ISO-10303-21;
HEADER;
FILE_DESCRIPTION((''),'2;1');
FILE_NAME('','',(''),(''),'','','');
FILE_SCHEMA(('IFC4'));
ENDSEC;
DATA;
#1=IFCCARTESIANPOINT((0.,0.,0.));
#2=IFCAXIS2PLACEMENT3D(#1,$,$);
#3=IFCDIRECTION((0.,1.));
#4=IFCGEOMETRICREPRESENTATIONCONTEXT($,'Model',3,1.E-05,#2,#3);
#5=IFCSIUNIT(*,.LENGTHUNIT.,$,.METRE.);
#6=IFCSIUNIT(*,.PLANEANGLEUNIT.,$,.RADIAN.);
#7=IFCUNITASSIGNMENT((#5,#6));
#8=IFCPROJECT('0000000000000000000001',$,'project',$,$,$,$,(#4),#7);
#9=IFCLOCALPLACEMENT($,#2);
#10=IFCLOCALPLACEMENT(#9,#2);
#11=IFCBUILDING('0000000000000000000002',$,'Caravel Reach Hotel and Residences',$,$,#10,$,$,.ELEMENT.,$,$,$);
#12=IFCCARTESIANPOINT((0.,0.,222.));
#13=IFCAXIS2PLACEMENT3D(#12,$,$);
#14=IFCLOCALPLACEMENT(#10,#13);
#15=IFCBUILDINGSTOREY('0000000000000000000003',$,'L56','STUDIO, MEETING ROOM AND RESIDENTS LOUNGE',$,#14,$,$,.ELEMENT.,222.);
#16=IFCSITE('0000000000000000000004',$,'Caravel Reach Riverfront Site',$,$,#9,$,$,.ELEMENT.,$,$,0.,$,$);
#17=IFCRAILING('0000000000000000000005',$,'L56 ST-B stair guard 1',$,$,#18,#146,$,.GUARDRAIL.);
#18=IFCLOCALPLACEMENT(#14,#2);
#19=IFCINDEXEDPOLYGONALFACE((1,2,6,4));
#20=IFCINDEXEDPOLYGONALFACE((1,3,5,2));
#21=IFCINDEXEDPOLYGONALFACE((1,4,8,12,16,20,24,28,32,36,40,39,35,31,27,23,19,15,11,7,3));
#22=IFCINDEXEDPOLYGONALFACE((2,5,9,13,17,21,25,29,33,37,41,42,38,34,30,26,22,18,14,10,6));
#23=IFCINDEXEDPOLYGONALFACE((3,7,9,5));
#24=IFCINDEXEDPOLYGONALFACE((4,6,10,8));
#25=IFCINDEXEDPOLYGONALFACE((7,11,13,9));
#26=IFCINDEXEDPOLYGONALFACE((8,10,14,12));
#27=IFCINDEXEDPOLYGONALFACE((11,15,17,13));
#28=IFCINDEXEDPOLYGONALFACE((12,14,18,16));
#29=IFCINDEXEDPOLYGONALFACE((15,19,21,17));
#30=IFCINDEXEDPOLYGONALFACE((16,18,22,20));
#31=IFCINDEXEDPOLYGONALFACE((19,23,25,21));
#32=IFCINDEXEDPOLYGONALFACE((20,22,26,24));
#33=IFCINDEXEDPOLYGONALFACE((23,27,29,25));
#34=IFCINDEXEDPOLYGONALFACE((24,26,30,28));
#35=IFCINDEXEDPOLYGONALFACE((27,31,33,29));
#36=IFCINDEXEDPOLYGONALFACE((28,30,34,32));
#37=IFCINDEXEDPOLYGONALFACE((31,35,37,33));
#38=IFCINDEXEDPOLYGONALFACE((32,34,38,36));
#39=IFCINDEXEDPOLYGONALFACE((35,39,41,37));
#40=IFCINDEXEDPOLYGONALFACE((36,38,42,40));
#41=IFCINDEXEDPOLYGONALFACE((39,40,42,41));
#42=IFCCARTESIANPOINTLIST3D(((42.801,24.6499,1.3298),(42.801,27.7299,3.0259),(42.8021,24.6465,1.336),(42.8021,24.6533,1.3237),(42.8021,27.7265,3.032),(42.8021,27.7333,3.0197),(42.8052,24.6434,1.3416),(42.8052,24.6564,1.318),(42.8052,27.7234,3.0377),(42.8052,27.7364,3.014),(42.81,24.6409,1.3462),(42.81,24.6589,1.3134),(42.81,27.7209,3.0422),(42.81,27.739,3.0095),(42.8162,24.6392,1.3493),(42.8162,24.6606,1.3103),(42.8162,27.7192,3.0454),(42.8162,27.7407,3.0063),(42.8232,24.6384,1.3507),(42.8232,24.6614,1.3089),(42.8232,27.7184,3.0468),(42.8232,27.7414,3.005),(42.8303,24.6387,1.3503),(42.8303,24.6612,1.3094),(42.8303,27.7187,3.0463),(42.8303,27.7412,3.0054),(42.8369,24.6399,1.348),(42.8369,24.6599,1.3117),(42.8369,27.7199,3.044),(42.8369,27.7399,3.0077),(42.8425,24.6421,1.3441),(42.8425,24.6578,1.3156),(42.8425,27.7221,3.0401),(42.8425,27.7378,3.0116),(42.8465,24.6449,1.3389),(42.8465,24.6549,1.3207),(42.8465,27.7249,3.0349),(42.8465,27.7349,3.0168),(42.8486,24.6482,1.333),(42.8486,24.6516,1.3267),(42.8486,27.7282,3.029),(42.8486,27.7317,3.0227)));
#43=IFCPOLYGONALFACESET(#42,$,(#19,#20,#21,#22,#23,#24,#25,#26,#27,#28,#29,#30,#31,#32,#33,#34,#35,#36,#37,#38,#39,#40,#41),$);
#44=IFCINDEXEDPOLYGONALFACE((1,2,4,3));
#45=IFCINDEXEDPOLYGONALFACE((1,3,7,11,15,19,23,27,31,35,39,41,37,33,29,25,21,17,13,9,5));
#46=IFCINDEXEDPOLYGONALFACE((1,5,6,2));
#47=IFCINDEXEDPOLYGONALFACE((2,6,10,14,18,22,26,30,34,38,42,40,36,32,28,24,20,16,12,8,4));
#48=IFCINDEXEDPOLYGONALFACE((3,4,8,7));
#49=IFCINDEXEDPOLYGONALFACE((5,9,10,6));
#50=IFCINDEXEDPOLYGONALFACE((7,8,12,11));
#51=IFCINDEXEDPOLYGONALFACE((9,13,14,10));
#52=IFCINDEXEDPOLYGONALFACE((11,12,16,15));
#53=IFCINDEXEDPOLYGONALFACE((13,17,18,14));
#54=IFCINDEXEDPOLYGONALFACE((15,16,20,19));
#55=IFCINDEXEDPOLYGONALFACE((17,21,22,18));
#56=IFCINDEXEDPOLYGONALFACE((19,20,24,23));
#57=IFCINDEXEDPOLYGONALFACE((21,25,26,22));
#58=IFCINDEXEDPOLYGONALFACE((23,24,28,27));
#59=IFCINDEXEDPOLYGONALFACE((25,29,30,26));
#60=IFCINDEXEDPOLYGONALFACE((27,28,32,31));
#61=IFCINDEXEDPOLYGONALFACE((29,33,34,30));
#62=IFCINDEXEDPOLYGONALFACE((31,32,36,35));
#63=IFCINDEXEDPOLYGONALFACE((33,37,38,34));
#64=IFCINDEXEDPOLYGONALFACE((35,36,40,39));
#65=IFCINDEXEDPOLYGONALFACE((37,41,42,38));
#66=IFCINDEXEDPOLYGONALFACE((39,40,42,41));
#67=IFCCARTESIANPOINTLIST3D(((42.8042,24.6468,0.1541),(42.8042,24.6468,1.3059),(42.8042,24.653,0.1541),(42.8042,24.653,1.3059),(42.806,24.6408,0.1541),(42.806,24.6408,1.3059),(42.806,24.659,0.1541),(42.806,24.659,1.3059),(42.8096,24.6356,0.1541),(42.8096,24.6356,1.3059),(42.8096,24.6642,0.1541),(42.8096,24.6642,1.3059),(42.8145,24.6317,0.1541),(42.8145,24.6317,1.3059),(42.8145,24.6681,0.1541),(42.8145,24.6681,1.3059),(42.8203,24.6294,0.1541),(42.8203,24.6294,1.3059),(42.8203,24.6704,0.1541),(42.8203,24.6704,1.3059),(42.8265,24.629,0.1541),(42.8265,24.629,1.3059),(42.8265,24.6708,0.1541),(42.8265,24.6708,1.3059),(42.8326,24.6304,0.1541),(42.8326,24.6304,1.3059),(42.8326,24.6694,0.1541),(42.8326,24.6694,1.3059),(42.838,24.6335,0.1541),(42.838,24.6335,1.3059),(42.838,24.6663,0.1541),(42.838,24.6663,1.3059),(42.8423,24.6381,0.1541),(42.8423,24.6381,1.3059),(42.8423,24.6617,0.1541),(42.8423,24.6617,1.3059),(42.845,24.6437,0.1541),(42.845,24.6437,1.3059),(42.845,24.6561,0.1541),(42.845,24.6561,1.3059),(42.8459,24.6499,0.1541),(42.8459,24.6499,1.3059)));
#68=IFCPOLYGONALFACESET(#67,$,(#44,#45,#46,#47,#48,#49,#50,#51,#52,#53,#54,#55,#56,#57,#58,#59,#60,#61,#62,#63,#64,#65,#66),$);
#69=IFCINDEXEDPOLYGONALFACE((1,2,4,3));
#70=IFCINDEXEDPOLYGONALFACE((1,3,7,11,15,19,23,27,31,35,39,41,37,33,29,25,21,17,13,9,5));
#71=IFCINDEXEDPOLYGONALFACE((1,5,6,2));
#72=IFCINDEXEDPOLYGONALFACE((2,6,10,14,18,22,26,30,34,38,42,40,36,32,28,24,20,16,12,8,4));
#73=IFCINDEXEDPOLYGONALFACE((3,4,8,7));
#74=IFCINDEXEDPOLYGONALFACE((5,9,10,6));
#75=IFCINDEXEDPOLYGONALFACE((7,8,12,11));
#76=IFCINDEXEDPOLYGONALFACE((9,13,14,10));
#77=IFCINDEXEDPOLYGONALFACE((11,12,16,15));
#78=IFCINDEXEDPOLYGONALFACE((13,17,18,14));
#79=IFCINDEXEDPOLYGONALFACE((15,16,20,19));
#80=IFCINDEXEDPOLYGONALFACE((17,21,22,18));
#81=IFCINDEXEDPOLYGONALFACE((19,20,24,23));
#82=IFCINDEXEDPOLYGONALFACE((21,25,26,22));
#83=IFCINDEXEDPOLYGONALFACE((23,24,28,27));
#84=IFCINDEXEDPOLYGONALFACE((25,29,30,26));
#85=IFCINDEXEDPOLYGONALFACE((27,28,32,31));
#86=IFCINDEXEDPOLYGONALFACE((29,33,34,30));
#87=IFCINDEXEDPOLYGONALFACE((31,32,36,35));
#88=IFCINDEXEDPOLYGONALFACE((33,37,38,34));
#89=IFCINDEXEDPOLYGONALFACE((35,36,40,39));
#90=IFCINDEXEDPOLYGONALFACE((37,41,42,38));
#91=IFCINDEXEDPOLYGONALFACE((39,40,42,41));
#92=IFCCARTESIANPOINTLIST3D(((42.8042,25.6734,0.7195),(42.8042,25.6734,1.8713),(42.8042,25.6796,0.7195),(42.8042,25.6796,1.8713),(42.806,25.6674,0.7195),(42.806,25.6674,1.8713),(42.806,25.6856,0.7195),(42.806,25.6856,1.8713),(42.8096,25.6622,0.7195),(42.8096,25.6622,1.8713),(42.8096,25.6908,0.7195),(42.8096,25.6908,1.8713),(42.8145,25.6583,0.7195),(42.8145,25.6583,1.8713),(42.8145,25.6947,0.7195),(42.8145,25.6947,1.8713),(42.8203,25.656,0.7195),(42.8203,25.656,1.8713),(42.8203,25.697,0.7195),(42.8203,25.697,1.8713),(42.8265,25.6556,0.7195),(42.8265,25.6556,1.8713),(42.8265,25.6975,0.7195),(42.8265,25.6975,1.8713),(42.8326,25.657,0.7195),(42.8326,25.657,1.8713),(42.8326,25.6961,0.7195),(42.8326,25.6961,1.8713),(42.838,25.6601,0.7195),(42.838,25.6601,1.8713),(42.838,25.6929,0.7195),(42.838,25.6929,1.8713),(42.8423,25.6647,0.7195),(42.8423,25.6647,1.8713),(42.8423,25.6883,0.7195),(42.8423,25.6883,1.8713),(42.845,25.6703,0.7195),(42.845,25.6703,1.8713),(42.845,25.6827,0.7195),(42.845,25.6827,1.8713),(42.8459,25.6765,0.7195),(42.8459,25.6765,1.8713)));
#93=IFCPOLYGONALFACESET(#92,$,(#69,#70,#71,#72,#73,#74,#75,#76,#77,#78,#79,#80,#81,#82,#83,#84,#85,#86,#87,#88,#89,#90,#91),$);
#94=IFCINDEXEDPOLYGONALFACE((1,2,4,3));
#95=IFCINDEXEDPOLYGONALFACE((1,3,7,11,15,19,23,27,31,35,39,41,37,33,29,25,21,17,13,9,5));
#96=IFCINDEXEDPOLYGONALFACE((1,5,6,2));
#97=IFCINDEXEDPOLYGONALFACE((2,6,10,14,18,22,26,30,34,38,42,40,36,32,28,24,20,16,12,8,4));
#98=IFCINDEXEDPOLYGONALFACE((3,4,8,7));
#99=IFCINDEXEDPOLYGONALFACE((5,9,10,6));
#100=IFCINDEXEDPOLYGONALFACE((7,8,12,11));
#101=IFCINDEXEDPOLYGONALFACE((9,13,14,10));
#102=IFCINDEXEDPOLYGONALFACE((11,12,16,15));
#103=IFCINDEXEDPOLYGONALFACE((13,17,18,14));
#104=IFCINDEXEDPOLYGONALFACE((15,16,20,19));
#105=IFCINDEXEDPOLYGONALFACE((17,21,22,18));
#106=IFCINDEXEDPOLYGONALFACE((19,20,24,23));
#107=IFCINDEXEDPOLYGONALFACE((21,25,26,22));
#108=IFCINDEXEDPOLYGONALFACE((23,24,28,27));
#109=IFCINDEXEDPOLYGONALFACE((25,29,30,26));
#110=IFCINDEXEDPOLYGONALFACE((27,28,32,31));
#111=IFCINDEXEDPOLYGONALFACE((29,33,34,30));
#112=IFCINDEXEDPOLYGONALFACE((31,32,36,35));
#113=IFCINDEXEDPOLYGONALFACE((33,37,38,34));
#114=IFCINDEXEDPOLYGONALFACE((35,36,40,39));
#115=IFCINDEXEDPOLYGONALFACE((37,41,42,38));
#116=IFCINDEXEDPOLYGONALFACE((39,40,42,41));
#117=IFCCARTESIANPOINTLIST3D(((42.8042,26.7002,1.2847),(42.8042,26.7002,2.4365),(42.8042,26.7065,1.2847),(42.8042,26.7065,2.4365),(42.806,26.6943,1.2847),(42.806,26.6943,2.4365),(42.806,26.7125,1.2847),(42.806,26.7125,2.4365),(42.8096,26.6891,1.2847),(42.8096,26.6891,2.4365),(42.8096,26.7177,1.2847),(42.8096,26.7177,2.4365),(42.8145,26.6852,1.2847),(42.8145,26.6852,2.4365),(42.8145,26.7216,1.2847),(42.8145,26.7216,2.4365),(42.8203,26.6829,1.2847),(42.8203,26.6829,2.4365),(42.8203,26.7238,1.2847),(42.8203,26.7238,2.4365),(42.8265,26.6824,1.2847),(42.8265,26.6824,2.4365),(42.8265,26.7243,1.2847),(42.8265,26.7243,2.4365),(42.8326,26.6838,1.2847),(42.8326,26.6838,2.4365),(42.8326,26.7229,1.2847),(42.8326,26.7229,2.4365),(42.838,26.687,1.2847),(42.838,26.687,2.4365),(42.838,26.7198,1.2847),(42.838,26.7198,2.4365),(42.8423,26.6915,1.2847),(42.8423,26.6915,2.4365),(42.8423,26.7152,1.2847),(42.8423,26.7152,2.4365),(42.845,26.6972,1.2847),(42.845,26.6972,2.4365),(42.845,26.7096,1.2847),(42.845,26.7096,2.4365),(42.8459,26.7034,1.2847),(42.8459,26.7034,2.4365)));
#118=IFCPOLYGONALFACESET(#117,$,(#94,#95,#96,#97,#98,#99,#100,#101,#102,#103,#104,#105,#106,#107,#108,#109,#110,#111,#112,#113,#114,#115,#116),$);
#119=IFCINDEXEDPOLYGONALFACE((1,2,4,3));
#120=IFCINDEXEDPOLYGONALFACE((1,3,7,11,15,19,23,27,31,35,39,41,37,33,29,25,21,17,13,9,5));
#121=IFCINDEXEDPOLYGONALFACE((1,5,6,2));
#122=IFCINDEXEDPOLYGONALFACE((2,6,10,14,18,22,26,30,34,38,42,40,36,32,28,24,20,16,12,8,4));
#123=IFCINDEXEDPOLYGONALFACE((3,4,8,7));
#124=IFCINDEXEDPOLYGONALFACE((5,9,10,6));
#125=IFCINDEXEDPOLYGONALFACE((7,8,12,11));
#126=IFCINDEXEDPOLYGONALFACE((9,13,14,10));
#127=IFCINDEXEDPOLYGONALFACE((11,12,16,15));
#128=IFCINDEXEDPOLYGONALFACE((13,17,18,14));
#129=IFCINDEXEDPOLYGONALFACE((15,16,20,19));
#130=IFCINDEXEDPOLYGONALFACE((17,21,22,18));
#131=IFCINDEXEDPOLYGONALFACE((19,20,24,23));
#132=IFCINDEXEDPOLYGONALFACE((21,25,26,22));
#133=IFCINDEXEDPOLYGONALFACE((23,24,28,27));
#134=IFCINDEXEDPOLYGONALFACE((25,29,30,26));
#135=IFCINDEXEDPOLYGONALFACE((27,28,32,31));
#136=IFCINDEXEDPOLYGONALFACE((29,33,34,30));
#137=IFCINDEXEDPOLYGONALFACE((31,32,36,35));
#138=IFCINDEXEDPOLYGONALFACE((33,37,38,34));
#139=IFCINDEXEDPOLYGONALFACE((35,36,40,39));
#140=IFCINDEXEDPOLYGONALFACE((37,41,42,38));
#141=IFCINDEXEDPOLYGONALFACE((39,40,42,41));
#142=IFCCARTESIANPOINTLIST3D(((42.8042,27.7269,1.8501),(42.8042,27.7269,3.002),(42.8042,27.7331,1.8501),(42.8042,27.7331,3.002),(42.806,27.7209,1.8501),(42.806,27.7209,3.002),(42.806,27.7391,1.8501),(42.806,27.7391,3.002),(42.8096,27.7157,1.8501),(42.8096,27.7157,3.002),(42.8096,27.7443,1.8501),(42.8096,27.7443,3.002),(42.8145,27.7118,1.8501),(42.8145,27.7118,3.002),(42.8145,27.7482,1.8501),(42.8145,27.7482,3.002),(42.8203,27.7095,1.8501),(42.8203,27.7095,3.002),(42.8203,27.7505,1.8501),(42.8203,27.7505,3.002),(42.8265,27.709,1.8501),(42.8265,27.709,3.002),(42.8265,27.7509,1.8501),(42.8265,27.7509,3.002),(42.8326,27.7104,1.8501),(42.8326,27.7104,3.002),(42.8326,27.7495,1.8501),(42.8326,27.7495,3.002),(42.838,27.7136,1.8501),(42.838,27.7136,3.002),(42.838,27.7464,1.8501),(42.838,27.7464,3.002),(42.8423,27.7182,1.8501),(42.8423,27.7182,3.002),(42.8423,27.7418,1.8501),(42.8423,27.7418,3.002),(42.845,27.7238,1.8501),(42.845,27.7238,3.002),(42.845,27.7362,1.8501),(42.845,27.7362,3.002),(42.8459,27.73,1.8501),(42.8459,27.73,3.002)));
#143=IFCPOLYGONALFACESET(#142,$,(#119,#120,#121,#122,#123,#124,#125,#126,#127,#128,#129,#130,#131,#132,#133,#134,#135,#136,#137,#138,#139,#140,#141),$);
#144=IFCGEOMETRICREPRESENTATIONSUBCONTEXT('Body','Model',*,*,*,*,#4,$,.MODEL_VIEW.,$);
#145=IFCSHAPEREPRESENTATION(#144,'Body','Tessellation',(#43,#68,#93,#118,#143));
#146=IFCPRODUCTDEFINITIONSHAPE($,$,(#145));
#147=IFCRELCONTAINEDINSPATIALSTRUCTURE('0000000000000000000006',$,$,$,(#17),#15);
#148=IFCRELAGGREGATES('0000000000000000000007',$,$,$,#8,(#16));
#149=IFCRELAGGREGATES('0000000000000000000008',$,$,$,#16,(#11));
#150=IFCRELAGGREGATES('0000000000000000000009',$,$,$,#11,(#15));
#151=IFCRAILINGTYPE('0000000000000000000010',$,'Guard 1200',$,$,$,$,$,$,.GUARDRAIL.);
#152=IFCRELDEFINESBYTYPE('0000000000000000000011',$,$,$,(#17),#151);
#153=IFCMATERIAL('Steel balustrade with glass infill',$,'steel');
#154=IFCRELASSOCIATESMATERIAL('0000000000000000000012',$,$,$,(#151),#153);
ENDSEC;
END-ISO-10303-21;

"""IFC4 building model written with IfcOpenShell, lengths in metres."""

from ifc_helpers import new_model, si_unit, direction, frame, origin, origin_2d, place, context, subcontext, project, spatial, circle, extrude, material, type_object, element, save


model = new_model("IFC4")

# Units and contexts
model_context = context("Model", 3, precision=1e-05, world=origin(), true_north=direction((0.0, 1.0)))
body_context = subcontext(model_context, "Body", "Model", "MODEL_VIEW")
ifc_project = project(units=[si_unit("LENGTHUNIT", "METRE"), si_unit("PLANEANGLEUNIT", "RADIAN")], contexts=[model_context])

# Site, building, storey
site_placement = place(None, origin())
site = spatial("IfcSite", under=ifc_project, at=site_placement, Name="Caravel Reach Riverfront Site", CompositionType="ELEMENT", RefElevation=0.0)
building_placement = place(site_placement, origin())
building = spatial("IfcBuilding", under=site, at=building_placement, Name="Caravel Reach Hotel and Residences", CompositionType="ELEMENT")
storey_placement = place(building_placement, frame((0.0, 0.0, 222.0)))
storey = spatial("IfcBuildingStorey", under=building, at=storey_placement, Name="L56", Description="STUDIO, MEETING ROOM AND RESIDENTS LOUNGE", CompositionType="ELEMENT", Elevation=222.0)

# Railing
ifc_material_1 = material(Name="Steel balustrade with glass infill", Category="steel")
railing_type_1 = type_object("IfcRailingType", Name="Guard 1200", PredefinedType="GUARDRAIL", material=ifc_material_1)
railing_1_placement = place(storey_placement, frame((42.825, 24.6499, 0.1541)))
element("IfcRailing", 1, at=railing_1_placement, inside=storey, type_object=railing_type_1, Name="L56 ST-B stair guard 1", PredefinedType="GUARDRAIL", context=body_context, shape_type="SweptSolid", body=[
    extrude(circle(Radius=0.0239, at=origin_2d()), frame((0.0, 0.0, 1.1758), z_axis=(0.0, 0.875975, 0.482356), x_axis=(-1.0, 0.0, 0.0)), (0.0, 0.0, 1.0), 3.5161),
    extrude(circle(Radius=0.021, at=origin_2d()), origin(), (0.0, 0.0, 1.0), 1.1519),
    extrude(circle(Radius=0.021, at=origin_2d()), frame((0.0, 1.0266, 0.5654)), (0.0, 0.0, 1.0), 1.1519),
    extrude(circle(Radius=0.021, at=origin_2d()), frame((0.0, 2.0535, 1.1306)), (0.0, 0.0, 1.0), 1.1519),
    extrude(circle(Radius=0.021, at=origin_2d()), frame((0.0, 3.0801, 1.696)), (0.0, 0.0, 1.0), 1.1519),
])

save(model, "model.ifc")
